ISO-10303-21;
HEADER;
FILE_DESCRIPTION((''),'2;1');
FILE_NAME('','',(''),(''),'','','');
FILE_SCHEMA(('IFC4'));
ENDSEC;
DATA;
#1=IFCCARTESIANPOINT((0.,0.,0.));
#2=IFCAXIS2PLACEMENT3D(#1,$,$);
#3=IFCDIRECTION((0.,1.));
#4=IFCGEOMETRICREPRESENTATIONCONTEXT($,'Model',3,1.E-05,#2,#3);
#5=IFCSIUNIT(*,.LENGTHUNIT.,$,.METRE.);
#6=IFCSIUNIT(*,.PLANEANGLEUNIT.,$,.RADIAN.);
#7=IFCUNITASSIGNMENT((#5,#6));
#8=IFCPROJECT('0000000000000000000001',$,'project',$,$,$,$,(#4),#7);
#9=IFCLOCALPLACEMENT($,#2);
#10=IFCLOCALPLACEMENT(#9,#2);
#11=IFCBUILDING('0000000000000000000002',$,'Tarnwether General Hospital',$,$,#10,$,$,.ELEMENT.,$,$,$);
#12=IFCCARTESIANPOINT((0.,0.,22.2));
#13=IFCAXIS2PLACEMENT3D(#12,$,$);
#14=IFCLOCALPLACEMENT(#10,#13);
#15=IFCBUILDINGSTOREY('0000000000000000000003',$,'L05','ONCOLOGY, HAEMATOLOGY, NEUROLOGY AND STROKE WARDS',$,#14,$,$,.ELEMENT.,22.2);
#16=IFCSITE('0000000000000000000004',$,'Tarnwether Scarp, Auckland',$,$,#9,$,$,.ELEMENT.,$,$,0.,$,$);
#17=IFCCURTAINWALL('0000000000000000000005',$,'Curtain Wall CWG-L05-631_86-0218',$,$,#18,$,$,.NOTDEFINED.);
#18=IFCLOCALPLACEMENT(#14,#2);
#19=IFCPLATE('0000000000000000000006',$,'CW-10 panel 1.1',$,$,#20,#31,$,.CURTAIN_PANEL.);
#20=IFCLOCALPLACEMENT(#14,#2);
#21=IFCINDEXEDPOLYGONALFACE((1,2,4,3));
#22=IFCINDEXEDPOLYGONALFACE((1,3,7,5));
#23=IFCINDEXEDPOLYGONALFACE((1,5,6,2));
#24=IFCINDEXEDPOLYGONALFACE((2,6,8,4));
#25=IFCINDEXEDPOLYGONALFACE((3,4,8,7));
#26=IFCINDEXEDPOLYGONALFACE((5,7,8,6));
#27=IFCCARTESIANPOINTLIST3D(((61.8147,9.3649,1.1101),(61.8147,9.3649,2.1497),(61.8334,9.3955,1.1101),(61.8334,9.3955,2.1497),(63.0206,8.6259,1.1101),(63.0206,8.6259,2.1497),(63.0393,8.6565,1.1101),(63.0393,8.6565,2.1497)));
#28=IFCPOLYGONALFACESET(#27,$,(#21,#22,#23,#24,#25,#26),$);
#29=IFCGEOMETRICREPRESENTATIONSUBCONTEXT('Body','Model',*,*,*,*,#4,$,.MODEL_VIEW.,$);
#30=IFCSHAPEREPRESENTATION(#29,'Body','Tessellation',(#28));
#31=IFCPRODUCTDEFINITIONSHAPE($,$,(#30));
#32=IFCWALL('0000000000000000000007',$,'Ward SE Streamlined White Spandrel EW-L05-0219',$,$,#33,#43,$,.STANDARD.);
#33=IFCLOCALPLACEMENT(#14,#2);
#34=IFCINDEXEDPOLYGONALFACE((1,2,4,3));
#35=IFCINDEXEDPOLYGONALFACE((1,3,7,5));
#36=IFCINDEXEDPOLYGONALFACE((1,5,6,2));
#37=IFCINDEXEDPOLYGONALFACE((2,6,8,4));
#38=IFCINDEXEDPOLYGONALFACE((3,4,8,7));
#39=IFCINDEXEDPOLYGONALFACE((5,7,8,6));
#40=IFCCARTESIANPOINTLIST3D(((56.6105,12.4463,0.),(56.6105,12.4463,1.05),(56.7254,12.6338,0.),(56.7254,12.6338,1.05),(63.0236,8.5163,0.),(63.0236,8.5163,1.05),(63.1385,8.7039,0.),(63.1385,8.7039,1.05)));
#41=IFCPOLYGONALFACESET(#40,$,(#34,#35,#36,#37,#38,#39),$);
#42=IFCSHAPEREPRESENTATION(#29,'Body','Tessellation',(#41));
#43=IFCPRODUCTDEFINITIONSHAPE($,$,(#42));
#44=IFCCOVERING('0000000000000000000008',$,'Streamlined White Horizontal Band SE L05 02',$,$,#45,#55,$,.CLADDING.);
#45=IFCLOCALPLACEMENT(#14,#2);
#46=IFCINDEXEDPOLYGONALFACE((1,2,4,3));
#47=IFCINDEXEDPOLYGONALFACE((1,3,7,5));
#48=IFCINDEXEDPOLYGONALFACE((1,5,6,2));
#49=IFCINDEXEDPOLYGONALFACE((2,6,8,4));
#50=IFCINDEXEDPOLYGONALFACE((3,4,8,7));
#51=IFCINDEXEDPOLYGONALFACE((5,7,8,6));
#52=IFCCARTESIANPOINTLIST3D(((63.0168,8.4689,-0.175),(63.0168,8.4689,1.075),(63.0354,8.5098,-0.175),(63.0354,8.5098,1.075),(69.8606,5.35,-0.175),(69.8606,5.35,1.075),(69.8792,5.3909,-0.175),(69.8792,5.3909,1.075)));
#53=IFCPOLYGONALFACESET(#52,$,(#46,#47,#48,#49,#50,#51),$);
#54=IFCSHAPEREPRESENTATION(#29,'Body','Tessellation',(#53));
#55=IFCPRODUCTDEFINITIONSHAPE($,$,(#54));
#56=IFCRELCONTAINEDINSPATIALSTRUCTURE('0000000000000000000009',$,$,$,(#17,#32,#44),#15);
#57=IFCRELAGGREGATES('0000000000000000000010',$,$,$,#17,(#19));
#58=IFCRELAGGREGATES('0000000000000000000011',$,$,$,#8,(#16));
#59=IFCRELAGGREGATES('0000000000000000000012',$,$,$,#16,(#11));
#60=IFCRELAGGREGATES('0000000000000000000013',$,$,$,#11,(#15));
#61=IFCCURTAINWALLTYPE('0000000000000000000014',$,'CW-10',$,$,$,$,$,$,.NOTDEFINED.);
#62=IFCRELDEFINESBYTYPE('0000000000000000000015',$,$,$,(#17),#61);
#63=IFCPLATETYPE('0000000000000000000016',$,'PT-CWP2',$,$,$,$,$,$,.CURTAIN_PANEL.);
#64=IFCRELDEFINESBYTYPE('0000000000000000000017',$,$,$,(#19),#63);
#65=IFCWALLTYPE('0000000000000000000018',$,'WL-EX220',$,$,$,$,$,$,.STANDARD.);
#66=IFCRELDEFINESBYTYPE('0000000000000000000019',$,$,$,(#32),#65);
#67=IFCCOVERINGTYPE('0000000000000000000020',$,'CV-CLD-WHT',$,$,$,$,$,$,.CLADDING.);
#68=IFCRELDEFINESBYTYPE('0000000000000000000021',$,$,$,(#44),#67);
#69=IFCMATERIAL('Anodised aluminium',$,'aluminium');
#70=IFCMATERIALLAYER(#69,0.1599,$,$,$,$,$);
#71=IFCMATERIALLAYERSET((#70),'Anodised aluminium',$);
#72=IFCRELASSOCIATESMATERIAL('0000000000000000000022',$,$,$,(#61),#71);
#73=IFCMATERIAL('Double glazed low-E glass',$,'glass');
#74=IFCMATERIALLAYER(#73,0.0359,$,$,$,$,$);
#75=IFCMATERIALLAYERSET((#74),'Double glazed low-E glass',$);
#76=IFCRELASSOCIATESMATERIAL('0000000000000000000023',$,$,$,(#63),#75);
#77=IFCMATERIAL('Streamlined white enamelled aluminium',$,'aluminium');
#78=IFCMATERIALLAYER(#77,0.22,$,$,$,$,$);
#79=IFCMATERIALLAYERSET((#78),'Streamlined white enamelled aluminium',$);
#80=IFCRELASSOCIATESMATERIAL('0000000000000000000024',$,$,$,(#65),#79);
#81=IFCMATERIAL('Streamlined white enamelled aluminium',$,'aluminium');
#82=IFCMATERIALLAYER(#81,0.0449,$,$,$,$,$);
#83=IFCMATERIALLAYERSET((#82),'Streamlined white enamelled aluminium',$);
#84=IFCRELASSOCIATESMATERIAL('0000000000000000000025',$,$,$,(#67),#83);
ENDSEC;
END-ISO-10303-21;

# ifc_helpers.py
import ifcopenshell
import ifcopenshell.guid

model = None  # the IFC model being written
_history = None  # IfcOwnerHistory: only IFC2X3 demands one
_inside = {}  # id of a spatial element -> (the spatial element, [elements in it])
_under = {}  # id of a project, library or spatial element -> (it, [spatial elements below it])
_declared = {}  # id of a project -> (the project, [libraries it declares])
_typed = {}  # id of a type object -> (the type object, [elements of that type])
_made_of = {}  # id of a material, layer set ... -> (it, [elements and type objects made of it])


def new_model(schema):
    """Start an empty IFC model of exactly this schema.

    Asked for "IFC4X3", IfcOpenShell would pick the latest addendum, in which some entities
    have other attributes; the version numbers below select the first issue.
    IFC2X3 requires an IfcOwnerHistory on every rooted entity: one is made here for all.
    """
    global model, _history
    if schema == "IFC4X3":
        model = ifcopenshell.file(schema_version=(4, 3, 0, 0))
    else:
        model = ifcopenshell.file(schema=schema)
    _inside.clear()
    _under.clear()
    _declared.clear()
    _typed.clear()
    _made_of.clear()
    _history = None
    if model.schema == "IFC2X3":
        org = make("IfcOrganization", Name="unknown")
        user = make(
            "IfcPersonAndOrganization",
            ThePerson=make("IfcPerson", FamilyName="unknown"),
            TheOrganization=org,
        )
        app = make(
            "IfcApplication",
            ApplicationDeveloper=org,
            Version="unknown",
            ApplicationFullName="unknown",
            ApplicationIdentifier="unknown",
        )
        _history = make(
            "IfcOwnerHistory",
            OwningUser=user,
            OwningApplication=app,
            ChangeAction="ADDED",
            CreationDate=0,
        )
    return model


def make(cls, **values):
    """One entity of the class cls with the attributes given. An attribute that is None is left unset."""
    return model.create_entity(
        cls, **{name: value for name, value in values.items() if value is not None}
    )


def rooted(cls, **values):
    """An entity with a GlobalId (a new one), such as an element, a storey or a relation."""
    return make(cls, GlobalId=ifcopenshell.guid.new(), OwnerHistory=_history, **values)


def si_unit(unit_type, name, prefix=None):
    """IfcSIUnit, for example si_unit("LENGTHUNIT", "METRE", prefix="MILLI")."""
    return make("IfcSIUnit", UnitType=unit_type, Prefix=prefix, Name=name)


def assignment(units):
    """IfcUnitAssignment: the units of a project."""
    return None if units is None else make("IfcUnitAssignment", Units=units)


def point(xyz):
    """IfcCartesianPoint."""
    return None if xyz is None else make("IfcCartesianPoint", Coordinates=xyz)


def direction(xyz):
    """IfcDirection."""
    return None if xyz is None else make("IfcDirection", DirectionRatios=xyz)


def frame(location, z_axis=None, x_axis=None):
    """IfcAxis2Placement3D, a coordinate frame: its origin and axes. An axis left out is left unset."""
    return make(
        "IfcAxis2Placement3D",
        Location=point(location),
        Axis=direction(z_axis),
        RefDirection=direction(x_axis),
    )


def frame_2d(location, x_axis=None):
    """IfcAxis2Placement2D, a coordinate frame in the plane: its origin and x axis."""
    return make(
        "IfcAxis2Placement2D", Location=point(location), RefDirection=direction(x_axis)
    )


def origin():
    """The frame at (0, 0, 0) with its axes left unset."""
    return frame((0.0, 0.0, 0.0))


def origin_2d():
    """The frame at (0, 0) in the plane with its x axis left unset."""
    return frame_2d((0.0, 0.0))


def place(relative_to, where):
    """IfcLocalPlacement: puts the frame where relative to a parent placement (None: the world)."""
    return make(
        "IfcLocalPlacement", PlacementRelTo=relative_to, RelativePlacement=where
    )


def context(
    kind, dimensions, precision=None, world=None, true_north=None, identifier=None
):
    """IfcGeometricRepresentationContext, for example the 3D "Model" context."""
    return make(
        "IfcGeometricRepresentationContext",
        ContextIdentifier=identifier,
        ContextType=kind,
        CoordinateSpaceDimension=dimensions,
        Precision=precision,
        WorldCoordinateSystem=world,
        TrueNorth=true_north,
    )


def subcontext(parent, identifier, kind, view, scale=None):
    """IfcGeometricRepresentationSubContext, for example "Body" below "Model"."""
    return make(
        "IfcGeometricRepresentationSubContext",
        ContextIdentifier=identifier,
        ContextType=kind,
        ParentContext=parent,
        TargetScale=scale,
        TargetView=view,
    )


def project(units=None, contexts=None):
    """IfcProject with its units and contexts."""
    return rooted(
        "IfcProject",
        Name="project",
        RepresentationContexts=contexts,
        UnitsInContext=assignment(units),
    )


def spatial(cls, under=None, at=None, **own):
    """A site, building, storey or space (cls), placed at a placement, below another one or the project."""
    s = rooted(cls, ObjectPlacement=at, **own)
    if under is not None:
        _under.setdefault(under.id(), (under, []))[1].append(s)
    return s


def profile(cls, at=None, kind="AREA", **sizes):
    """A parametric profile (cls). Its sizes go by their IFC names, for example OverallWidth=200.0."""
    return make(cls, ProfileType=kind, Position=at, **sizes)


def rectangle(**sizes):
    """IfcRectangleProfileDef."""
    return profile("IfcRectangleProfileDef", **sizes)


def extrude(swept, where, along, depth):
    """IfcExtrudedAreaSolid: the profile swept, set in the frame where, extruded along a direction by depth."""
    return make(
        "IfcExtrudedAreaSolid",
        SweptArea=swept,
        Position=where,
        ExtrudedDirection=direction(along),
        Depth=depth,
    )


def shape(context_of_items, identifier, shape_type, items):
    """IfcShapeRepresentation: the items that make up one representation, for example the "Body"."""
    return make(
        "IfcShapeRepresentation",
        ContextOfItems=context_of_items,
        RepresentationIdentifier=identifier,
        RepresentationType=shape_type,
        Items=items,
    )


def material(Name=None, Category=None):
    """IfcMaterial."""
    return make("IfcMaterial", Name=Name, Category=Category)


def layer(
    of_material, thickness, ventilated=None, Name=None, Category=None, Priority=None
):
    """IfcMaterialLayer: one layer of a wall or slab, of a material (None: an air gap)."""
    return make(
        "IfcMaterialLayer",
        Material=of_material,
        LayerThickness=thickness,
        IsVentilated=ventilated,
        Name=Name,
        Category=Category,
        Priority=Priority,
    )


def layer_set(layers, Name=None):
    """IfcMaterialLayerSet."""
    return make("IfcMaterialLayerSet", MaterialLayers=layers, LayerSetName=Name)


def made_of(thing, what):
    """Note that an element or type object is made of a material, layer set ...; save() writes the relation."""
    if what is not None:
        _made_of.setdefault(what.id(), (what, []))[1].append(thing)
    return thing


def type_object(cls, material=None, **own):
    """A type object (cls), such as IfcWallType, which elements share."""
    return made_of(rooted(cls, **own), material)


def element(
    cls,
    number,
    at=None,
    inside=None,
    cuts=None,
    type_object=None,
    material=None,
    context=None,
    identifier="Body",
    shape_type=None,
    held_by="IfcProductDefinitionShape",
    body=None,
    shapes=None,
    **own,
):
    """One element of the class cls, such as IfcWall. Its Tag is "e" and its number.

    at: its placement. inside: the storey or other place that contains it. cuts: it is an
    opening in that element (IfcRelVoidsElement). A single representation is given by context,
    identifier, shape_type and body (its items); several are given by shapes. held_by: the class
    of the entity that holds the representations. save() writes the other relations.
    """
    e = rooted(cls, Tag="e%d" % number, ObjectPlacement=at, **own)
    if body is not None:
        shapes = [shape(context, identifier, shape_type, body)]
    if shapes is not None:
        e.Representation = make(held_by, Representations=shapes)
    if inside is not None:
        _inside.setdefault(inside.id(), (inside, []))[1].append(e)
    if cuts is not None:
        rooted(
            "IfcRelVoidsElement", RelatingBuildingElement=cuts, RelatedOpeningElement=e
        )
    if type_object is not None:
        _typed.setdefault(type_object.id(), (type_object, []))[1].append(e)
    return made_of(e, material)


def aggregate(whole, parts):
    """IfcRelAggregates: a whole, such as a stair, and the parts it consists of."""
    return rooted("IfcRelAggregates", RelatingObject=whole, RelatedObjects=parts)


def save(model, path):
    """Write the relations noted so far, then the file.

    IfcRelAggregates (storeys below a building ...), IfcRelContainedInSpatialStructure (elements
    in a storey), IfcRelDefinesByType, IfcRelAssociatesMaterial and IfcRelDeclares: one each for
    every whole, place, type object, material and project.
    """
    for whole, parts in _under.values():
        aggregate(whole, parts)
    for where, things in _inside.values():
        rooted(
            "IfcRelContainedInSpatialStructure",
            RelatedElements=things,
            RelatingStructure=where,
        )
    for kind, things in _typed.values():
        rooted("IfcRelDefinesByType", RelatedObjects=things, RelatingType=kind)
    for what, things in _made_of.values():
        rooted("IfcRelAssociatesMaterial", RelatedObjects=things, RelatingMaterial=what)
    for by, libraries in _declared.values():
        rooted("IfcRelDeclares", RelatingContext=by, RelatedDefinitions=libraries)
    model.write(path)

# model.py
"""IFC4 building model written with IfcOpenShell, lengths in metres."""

from ifc_helpers import new_model, si_unit, direction, frame, frame_2d, origin, origin_2d, place, context, subcontext, project, spatial, rectangle, extrude, material, layer, layer_set, type_object, element, aggregate, save


model = new_model("IFC4")

# Units and contexts
model_context = context("Model", 3, precision=1e-05, world=origin(), true_north=direction((0.0, 1.0)))
body_context = subcontext(model_context, "Body", "Model", "MODEL_VIEW")
ifc_project = project(units=[si_unit("LENGTHUNIT", "METRE"), si_unit("PLANEANGLEUNIT", "RADIAN")], contexts=[model_context])

# Site, building, storey
site_placement = place(None, origin())
site = spatial("IfcSite", under=ifc_project, at=site_placement, Name="Tarnwether Scarp, Auckland", CompositionType="ELEMENT", RefElevation=0.0)
building_placement = place(site_placement, origin())
building = spatial("IfcBuilding", under=site, at=building_placement, Name="Tarnwether General Hospital", CompositionType="ELEMENT")
storey_placement = place(building_placement, frame((0.0, 0.0, 22.2)))
storey = spatial("IfcBuildingStorey", under=building, at=storey_placement, Name="L05", Description="ONCOLOGY, HAEMATOLOGY, NEUROLOGY AND STROKE WARDS", CompositionType="ELEMENT", Elevation=22.2)

# Curtain wall
ifc_material_1 = material(Name="Anodised aluminium", Category="aluminium")
ifc_layer_1 = layer(ifc_material_1, 0.1599)
ifc_layer_set_1 = layer_set([ifc_layer_1], Name="Anodised aluminium")
curtain_wall_type = type_object("IfcCurtainWallType", Name="CW-10", PredefinedType="NOTDEFINED", material=ifc_layer_set_1)
curtain_wall_1_placement = place(storey_placement, origin())
curtain_wall_1 = element("IfcCurtainWall", 1, at=curtain_wall_1_placement, inside=storey, type_object=curtain_wall_type, Name="Curtain Wall CWG-L05-631_86-0218", PredefinedType="NOTDEFINED")

# Plate
ifc_material_2 = material(Name="Double glazed low-E glass", Category="glass")
ifc_layer_2 = layer(ifc_material_2, 0.0359)
ifc_layer_set_2 = layer_set([ifc_layer_2], Name="Double glazed low-E glass")
plate_type_1 = type_object("IfcPlateType", Name="PT-CWP2", PredefinedType="CURTAIN_PANEL", material=ifc_layer_set_2)
plate_1_placement = place(storey_placement, frame((62.427, 9.0107, 1.1101), z_axis=(0.0, 0.0, 1.0), x_axis=(-0.852634, 0.522509, 0.0)))
plate_1 = element("IfcPlate", 2, at=plate_1_placement, type_object=plate_type_1, Name="CW-10 panel 1.1", PredefinedType="CURTAIN_PANEL", context=body_context, shape_type="SweptSolid", body=[
    extrude(rectangle(XDim=1.4143, YDim=0.0359, at=origin_2d()), origin(), (0.0, 0.0, 1.0), 1.0396),
])
aggregate(curtain_wall_1, [plate_1])

# Wall
ifc_material_3 = material(Name="Streamlined white enamelled aluminium", Category="aluminium")
ifc_layer_3 = layer(ifc_material_3, 0.22)
ifc_layer_set_3 = layer_set([ifc_layer_3], Name="Streamlined white enamelled aluminium")
wall_type = type_object("IfcWallType", Name="WL-EX220", PredefinedType="STANDARD", material=ifc_layer_set_3)
wall_placement = place(storey_placement, frame((63.0811, 8.6101, 0.0), z_axis=(0.0, 0.0, 1.0), x_axis=(-0.852641, 0.522497, 0.0)))
element("IfcWall", 3, at=wall_placement, inside=storey, type_object=wall_type, Name="Ward SE Streamlined White Spandrel EW-L05-0219", PredefinedType="STANDARD", context=body_context, shape_type="SweptSolid", body=[
    extrude(rectangle(XDim=7.5215, YDim=0.22, at=frame_2d((3.7607, 0.0))), origin(), (0.0, 0.0, 1.0), 1.05),
])

# Covering
ifc_material_4 = material(Name="Streamlined white enamelled aluminium", Category="aluminium")
ifc_layer_4 = layer(ifc_material_4, 0.0449)
ifc_layer_set_4 = layer_set([ifc_layer_4], Name="Streamlined white enamelled aluminium")
covering_type = type_object("IfcCoveringType", Name="CV-CLD-WHT", PredefinedType="CLADDING", material=ifc_layer_set_4)
covering_placement = place(storey_placement, frame((66.448, 6.9299, -0.175), z_axis=(0.0, 0.0, 1.0), x_axis=(-0.909961, 0.414693, 0.0)))
element("IfcCovering", 4, at=covering_placement, inside=storey, type_object=covering_type, Name="Streamlined White Horizontal Band SE L05 02", PredefinedType="CLADDING", context=body_context, shape_type="SweptSolid", body=[
    extrude(rectangle(XDim=7.521, YDim=0.0449, at=origin_2d()), origin(), (0.0, 0.0, 1.0), 1.25),
])

save(model, "model.ifc")
